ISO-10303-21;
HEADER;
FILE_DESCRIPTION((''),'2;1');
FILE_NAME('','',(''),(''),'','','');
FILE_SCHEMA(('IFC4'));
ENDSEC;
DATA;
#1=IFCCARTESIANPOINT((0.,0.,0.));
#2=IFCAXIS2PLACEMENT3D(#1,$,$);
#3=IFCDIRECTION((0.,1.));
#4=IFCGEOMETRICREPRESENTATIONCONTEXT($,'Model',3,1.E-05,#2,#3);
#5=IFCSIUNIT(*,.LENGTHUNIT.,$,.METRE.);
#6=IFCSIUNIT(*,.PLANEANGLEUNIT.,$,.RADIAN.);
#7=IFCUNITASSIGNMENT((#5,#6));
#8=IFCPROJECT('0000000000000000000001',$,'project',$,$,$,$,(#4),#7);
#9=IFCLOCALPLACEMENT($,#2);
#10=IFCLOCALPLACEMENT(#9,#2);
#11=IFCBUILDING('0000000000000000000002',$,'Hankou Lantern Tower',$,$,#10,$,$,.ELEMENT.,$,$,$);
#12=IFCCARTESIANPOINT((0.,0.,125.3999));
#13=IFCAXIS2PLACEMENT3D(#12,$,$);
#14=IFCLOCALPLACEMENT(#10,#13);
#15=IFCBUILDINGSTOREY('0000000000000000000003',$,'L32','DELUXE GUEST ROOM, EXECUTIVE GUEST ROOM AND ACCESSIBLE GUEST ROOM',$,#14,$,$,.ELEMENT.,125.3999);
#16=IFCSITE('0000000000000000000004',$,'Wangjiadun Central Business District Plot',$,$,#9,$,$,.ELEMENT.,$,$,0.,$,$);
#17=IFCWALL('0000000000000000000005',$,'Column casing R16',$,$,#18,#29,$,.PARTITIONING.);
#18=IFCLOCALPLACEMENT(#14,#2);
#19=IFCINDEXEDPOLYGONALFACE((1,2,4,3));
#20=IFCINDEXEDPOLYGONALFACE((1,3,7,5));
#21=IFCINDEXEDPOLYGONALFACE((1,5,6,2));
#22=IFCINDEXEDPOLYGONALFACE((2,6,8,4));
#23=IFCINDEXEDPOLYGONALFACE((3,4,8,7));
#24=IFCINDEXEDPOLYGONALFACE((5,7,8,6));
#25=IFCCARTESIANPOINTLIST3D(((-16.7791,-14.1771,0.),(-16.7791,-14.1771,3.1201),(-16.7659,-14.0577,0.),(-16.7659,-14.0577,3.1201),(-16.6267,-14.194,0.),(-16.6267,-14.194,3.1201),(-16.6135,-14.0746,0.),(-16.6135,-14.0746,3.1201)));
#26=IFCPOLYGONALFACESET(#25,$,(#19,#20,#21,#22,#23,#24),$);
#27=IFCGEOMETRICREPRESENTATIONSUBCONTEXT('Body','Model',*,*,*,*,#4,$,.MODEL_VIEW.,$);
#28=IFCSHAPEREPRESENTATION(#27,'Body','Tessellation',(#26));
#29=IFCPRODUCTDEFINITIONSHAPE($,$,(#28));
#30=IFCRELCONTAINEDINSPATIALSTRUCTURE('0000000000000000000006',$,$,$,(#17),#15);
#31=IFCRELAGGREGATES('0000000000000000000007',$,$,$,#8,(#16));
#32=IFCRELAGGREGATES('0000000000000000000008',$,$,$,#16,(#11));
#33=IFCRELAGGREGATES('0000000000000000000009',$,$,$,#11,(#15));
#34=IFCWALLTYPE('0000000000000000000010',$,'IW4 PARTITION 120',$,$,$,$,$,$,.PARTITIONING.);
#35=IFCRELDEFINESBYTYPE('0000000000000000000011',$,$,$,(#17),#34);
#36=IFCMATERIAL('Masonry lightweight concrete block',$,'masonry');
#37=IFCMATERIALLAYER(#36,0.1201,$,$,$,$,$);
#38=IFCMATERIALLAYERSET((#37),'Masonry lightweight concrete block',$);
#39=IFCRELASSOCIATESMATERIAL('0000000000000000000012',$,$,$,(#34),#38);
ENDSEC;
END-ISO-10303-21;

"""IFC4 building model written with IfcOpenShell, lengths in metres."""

from ifc_helpers import new_model, si_unit, direction, frame, frame_2d, origin, place, context, subcontext, project, spatial, rectangle, extrude, material, layer, layer_set, type_object, element, save


model = new_model("IFC4")

# Units and contexts
model_context = context("Model", 3, precision=1e-05, world=origin(), true_north=direction((0.0, 1.0)))
body_context = subcontext(model_context, "Body", "Model", "MODEL_VIEW")
ifc_project = project(units=[si_unit("LENGTHUNIT", "METRE"), si_unit("PLANEANGLEUNIT", "RADIAN")], contexts=[model_context])

# Site, building, storey
site_placement = place(None, origin())
site = spatial("IfcSite", under=ifc_project, at=site_placement, Name="Wangjiadun Central Business District Plot", CompositionType="ELEMENT", RefElevation=0.0)
building_placement = place(site_placement, origin())
building = spatial("IfcBuilding", under=site, at=building_placement, Name="Hankou Lantern Tower", CompositionType="ELEMENT")
storey_placement = place(building_placement, frame((0.0, 0.0, 125.3999)))
storey = spatial("IfcBuildingStorey", under=building, at=storey_placement, Name="L32", Description="DELUXE GUEST ROOM, EXECUTIVE GUEST ROOM AND ACCESSIBLE GUEST ROOM", CompositionType="ELEMENT", Elevation=125.3999)

# Wall
ifc_material_1 = material(Name="Masonry lightweight concrete block", Category="masonry")
ifc_layer_1 = layer(ifc_material_1, 0.1201)
ifc_layer_set_1 = layer_set([ifc_layer_1], Name="Masonry lightweight concrete block")
wall_type_1 = type_object("IfcWallType", Name="IW4 PARTITION 120", PredefinedType="PARTITIONING", material=ifc_layer_set_1)
wall_1_placement = place(storey_placement, frame((-16.6201, -14.1343, 0.0), z_axis=(0.0, 0.0, 1.0), x_axis=(-0.993942, 0.109907, 0.0)))
element("IfcWall", 1, at=wall_1_placement, inside=storey, type_object=wall_type_1, Name="Column casing R16", PredefinedType="PARTITIONING", context=body_context, shape_type="SweptSolid", body=[
    extrude(rectangle(XDim=0.1533, YDim=0.1201, at=frame_2d((0.0767, 0.0))), origin(), (0.0, 0.0, 1.0), 3.1201),
])

save(model, "model.ifc")
